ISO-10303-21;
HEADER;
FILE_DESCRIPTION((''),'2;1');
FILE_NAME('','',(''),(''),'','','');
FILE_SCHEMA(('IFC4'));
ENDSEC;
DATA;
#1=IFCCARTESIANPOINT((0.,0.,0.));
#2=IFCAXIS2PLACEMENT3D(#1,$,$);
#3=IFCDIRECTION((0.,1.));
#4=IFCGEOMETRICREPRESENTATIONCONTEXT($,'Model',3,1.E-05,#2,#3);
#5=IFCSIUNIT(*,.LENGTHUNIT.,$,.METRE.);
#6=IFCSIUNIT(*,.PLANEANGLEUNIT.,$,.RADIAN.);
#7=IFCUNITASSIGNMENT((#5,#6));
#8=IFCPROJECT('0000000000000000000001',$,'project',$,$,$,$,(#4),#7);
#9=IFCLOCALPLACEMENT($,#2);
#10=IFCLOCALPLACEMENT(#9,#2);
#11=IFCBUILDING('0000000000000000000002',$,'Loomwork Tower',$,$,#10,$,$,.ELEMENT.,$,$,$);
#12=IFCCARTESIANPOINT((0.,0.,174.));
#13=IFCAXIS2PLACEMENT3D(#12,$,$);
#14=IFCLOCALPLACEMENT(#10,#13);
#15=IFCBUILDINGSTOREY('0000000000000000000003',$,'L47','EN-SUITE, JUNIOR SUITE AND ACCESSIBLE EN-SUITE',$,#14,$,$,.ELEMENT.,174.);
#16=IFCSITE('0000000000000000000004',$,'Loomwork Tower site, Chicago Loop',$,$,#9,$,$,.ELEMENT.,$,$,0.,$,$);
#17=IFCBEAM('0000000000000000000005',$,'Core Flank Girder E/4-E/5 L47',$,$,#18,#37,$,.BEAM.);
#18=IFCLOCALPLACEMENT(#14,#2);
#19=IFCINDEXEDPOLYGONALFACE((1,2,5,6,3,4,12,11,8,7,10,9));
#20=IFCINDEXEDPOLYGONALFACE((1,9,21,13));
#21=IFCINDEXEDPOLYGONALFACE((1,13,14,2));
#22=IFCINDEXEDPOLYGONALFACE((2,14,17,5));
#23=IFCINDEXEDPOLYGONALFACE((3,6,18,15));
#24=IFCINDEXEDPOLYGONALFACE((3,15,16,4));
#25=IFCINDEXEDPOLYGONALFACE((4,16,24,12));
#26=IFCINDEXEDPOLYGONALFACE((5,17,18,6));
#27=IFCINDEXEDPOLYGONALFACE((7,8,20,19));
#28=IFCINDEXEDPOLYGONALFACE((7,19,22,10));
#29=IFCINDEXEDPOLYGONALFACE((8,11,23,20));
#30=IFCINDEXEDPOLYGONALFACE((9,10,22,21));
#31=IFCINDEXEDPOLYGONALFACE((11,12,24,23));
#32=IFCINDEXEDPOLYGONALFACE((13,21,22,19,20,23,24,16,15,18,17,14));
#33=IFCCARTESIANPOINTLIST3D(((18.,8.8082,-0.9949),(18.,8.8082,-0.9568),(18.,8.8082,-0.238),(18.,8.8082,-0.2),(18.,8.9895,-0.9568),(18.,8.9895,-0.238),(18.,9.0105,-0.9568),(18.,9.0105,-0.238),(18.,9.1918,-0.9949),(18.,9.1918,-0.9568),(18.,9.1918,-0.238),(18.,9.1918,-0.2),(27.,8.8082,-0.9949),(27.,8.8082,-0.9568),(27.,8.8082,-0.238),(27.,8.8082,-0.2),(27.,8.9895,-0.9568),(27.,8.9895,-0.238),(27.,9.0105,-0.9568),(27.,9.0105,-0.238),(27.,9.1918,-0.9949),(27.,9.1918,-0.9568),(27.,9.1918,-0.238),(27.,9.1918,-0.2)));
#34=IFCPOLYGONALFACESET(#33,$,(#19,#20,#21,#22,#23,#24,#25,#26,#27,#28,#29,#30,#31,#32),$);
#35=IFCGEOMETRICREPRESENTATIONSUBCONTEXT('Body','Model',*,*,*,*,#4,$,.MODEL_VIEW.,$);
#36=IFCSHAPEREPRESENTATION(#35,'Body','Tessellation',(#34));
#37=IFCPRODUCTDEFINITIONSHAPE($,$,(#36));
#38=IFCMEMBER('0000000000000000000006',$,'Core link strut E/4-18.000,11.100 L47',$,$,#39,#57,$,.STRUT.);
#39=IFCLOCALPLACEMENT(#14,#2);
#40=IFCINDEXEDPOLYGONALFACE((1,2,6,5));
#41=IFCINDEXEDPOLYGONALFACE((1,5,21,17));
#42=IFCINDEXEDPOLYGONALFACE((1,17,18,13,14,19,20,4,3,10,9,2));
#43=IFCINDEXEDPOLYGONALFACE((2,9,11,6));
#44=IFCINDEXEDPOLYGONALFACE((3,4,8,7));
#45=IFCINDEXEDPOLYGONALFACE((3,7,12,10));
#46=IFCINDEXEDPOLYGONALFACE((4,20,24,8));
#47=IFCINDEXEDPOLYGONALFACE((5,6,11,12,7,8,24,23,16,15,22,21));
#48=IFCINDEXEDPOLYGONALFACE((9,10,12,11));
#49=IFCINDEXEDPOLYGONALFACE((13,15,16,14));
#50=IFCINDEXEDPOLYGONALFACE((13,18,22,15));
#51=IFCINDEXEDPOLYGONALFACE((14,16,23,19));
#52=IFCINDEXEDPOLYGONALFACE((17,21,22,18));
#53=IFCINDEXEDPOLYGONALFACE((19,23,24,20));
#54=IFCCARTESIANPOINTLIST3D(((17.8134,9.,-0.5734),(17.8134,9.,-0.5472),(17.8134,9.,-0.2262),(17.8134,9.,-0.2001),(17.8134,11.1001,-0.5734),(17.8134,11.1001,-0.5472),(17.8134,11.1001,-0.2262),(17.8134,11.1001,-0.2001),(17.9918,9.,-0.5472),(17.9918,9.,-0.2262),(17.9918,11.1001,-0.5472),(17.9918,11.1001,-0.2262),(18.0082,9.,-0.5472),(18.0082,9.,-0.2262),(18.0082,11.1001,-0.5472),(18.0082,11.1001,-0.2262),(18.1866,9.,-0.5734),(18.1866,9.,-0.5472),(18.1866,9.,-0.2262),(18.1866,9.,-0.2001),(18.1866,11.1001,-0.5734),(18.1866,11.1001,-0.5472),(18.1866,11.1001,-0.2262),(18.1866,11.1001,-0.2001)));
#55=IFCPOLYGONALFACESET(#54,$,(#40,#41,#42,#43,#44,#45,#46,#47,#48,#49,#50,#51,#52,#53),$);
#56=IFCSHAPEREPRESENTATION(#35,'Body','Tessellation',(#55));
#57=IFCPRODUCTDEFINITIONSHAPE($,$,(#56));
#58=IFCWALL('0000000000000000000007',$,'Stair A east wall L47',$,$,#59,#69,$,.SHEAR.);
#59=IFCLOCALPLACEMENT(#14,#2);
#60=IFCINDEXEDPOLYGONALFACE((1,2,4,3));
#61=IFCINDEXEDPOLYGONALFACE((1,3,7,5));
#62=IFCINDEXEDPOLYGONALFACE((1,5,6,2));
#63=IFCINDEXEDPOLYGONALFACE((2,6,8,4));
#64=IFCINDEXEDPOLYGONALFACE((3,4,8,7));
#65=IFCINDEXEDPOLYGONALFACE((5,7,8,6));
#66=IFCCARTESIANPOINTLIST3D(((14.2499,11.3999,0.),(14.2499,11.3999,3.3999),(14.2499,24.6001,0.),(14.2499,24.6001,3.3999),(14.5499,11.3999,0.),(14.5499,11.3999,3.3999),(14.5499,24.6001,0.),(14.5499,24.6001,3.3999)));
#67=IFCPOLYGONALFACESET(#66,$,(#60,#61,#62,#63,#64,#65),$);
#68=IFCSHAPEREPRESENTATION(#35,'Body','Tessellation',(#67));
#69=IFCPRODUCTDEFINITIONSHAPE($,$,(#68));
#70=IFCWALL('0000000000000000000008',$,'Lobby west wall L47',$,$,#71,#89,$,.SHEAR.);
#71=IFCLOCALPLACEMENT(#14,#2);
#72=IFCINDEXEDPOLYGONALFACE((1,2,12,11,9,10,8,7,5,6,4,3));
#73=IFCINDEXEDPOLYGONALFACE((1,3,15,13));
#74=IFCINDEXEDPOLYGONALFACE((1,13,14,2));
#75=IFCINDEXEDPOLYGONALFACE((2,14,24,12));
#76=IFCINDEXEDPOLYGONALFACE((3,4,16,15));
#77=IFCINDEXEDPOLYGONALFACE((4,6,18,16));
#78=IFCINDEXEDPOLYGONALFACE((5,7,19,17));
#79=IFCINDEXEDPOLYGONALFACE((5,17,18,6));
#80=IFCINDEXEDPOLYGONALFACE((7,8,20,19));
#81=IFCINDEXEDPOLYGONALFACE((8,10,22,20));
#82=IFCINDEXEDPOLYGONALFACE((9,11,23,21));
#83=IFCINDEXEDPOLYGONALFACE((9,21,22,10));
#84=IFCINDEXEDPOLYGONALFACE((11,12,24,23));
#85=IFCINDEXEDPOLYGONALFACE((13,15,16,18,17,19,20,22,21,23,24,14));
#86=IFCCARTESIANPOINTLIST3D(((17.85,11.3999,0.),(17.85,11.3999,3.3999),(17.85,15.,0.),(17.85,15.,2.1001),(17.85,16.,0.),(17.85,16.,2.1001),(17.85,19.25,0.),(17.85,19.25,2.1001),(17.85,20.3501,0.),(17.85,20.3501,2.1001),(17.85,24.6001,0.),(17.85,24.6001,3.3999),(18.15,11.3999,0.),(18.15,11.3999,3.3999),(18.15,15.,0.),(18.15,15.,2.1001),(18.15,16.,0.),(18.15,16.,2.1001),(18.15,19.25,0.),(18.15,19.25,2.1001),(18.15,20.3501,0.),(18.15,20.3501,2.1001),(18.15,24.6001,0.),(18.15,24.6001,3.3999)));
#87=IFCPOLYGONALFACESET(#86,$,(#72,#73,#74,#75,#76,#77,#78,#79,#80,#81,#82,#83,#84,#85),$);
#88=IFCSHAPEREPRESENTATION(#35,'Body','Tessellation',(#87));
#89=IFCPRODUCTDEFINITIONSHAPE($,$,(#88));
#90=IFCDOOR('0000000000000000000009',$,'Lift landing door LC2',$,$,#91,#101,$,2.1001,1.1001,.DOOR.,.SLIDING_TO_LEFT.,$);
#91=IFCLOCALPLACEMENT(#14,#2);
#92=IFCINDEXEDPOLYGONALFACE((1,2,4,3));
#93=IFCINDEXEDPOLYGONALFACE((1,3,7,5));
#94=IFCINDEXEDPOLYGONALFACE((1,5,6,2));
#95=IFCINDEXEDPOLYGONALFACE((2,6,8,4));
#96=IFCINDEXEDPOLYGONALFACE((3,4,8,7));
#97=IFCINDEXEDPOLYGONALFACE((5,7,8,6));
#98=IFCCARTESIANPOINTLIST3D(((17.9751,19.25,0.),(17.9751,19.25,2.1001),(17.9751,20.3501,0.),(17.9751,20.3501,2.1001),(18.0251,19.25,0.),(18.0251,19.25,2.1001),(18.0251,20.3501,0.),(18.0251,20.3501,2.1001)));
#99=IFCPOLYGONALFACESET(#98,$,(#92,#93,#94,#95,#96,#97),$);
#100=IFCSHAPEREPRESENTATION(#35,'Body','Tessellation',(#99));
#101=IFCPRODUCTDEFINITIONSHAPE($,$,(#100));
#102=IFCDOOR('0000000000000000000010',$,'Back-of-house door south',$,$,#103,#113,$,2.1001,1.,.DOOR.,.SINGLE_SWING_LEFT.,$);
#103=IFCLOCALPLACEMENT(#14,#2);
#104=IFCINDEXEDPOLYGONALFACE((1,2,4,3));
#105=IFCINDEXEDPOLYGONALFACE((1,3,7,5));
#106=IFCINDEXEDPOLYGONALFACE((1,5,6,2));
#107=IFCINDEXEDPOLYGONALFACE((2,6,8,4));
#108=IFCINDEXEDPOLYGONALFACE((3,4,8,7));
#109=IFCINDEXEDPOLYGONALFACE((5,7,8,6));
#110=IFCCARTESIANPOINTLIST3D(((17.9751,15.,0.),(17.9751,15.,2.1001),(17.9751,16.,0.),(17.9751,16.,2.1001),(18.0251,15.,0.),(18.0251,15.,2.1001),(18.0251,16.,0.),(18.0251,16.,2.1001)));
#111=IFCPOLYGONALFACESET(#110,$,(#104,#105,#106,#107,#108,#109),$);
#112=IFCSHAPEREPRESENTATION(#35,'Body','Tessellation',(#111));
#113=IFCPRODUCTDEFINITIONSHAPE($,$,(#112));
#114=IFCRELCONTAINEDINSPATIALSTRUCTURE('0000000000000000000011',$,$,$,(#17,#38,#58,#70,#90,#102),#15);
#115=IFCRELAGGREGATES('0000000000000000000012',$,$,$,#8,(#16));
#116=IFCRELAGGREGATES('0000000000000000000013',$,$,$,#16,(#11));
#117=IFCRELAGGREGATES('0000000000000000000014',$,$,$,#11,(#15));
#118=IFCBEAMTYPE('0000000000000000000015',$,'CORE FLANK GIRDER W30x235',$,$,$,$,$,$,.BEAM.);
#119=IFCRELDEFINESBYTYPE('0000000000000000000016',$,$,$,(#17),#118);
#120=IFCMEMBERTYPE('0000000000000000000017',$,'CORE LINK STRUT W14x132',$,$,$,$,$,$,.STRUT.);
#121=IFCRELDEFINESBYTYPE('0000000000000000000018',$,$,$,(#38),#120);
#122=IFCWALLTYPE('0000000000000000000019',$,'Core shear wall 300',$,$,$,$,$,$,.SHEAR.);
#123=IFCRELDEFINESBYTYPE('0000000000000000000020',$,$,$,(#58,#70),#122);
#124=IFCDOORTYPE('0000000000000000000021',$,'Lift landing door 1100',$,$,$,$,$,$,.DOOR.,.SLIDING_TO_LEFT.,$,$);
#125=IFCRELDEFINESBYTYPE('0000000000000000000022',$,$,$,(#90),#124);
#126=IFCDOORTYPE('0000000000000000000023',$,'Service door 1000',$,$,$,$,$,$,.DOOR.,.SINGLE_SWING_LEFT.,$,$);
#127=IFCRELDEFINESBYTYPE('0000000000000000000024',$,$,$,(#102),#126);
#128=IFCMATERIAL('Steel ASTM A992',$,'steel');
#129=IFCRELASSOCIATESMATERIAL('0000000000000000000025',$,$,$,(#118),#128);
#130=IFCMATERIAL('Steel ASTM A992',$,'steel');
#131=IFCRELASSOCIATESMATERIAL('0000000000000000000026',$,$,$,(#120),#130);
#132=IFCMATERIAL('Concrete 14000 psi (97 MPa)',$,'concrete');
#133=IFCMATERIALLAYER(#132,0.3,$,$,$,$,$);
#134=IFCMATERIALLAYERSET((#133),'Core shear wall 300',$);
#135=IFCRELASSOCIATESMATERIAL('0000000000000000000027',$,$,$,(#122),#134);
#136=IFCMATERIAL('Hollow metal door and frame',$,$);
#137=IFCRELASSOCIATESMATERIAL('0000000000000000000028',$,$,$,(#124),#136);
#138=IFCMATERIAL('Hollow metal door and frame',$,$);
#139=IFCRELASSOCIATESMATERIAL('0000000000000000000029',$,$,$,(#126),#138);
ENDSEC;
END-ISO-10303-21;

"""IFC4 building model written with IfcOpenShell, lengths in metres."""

from ifc_helpers import new_model, si_unit, direction, frame, frame_2d, origin, origin_2d, place, context, subcontext, project, spatial, rectangle, i_section, extrude, material, layer, layer_set, material_profile, profile_set, type_object, element, fill, save


model = new_model("IFC4")

# Units and contexts
model_context = context("Model", 3, precision=1e-05, world=origin(), true_north=direction((0.0, 1.0)))
body_context = subcontext(model_context, "Body", "Model", "MODEL_VIEW")
ifc_project = project(units=[si_unit("LENGTHUNIT", "METRE"), si_unit("PLANEANGLEUNIT", "RADIAN")], contexts=[model_context])

# Site, building, storey
site_placement = place(None, origin())
site = spatial("IfcSite", under=ifc_project, at=site_placement, Name="Loomwork Tower site, Chicago Loop", CompositionType="ELEMENT", RefElevation=0.0)
building_placement = place(site_placement, origin())
building = spatial("IfcBuilding", under=site, at=building_placement, Name="Loomwork Tower", CompositionType="ELEMENT")
storey_placement = place(building_placement, frame((0.0, 0.0, 174.0)))
storey = spatial("IfcBuildingStorey", under=building, at=storey_placement, Name="L47", Description="EN-SUITE, JUNIOR SUITE AND ACCESSIBLE EN-SUITE", CompositionType="ELEMENT", Elevation=174.0)

# Beam
ifc_material_1 = material(Name="Steel ASTM A992", Category="steel")
ifc_material_profile_1 = material_profile(ifc_material_1, i_section(OverallWidth=0.3835, OverallDepth=0.7949, WebThickness=0.021, FlangeThickness=0.0381, at=origin_2d()), Name="W30x235")
ifc_profile_set_1 = profile_set([ifc_material_profile_1], Name="Steel ASTM A992")
beam_type = type_object("IfcBeamType", Name="CORE FLANK GIRDER W30x235", PredefinedType="BEAM", material=ifc_profile_set_1)
beam_placement = place(storey_placement, frame((18.0, 9.0, -0.5974), z_axis=(1.0, 0.0, 0.0), x_axis=(0.0, 1.0, 0.0)))
element("IfcBeam", 1, at=beam_placement, inside=storey, type_object=beam_type, Name="Core Flank Girder E/4-E/5 L47", PredefinedType="BEAM", context=body_context, shape_type="SweptSolid", body=[
    extrude(i_section(OverallWidth=0.3835, OverallDepth=0.7949, WebThickness=0.021, FlangeThickness=0.0381, at=origin_2d()), origin(), (0.0, 0.0, 1.0), 9.0),
])

# Member
ifc_material_2 = material(Name="Steel ASTM A992", Category="steel")
ifc_material_profile_2 = material_profile(ifc_material_2, i_section(OverallWidth=0.3733, OverallDepth=0.3733, WebThickness=0.0164, FlangeThickness=0.0261, at=origin_2d()), Name="W14x132")
ifc_profile_set_2 = profile_set([ifc_material_profile_2], Name="Steel ASTM A992")
member_type = type_object("IfcMemberType", Name="CORE LINK STRUT W14x132", PredefinedType="STRUT", material=ifc_profile_set_2)
member_placement = place(storey_placement, frame((18.0, 9.0, -0.3867), z_axis=(0.0, 1.0, 0.0), x_axis=(-1.0, 0.0, 0.0)))
element("IfcMember", 2, at=member_placement, inside=storey, type_object=member_type, Name="Core link strut E/4-18.000,11.100 L47", PredefinedType="STRUT", context=body_context, shape_type="SweptSolid", body=[
    extrude(i_section(OverallWidth=0.3733, OverallDepth=0.3733, WebThickness=0.0164, FlangeThickness=0.0261, at=origin_2d()), origin(), (0.0, 0.0, 1.0), 2.1001),
])

# Wall
ifc_material_3 = material(Name="Concrete 14000 psi (97 MPa)", Category="concrete")
ifc_layer_1 = layer(ifc_material_3, 0.3)
ifc_layer_set_1 = layer_set([ifc_layer_1], Name="Core shear wall 300")
wall_type_1 = type_object("IfcWallType", Name="Core shear wall 300", PredefinedType="SHEAR", material=ifc_layer_set_1)
wall_1_placement = place(storey_placement, frame((14.3999, 11.3999, 0.0), z_axis=(0.0, 0.0, 1.0), x_axis=(0.0, 1.0, 0.0)))
element("IfcWall", 3, at=wall_1_placement, inside=storey, type_object=wall_type_1, Name="Stair A east wall L47", PredefinedType="SHEAR", context=body_context, shape_type="SweptSolid", body=[
    extrude(rectangle(XDim=13.2002, YDim=0.3, at=frame_2d((6.6001, 0.0))), origin(), (0.0, 0.0, 1.0), 3.3999),
])

# Wall, openings, doors
wall_2_placement = place(storey_placement, frame((18.0, 11.3999, 0.0), z_axis=(0.0, 0.0, 1.0), x_axis=(0.0, 1.0, 0.0)))
wall_2 = element("IfcWall", 4, at=wall_2_placement, inside=storey, type_object=wall_type_1, Name="Lobby west wall L47", PredefinedType="SHEAR", context=body_context, shape_type="SweptSolid", body=[
    extrude(rectangle(XDim=13.2002, YDim=0.3, at=frame_2d((6.6001, 0.0))), origin(), (0.0, 0.0, 1.0), 3.3999),
])
opening_1_placement = place(wall_2_placement, frame((3.6001, 0.0, 0.0)))
opening_1 = element("IfcOpeningElement", 5, at=opening_1_placement, cuts=wall_2, PredefinedType="OPENING", context=body_context, shape_type="SweptSolid", body=[
    extrude(rectangle(XDim=1.0, YDim=2.1001, at=frame_2d((0.5, 1.05))), frame((0.0, 0.1599, 0.0), z_axis=(0.0, -1.0, 0.0), x_axis=(1.0, 0.0, 0.0)), (0.0, 0.0, 1.0), 0.3201),
])
opening_2_placement = place(wall_2_placement, frame((7.8501, 0.0, 0.0)))
opening_2 = element("IfcOpeningElement", 6, at=opening_2_placement, cuts=wall_2, PredefinedType="OPENING", context=body_context, shape_type="SweptSolid", body=[
    extrude(rectangle(XDim=1.1001, YDim=2.1001, at=frame_2d((0.55, 1.05))), frame((0.0, 0.1599, 0.0), z_axis=(0.0, -1.0, 0.0), x_axis=(1.0, 0.0, 0.0)), (0.0, 0.0, 1.0), 0.3201),
])
ifc_material_4 = material(Name="Hollow metal door and frame")
door_type_1 = type_object("IfcDoorType", Name="Lift landing door 1100", OperationType="SLIDING_TO_LEFT", PredefinedType="DOOR", material=ifc_material_4)
door_1_placement = place(opening_2_placement, origin())
door_1 = element("IfcDoor", 7, at=door_1_placement, inside=storey, type_object=door_type_1, Name="Lift landing door LC2", OperationType="SLIDING_TO_LEFT", OverallHeight=2.1001, OverallWidth=1.1001, PredefinedType="DOOR", context=body_context, shape_type="SweptSolid", body=[
    extrude(rectangle(XDim=1.1001, YDim=2.1001, at=frame_2d((0.55, 1.05))), frame((0.0, 0.0249, 0.0), z_axis=(0.0, -1.0, 0.0), x_axis=(1.0, 0.0, 0.0)), (0.0, 0.0, 1.0), 0.05),
])
fill(opening_2, door_1)
ifc_material_5 = material(Name="Hollow metal door and frame")
door_type_2 = type_object("IfcDoorType", Name="Service door 1000", OperationType="SINGLE_SWING_LEFT", PredefinedType="DOOR", material=ifc_material_5)
door_2_placement = place(opening_1_placement, origin())
door_2 = element("IfcDoor", 8, at=door_2_placement, inside=storey, type_object=door_type_2, Name="Back-of-house door south", OperationType="SINGLE_SWING_LEFT", OverallHeight=2.1001, OverallWidth=1.0, PredefinedType="DOOR", context=body_context, shape_type="SweptSolid", body=[
    extrude(rectangle(XDim=1.0, YDim=2.1001, at=frame_2d((0.5, 1.05))), frame((0.0, 0.0249, 0.0), z_axis=(0.0, -1.0, 0.0), x_axis=(1.0, 0.0, 0.0)), (0.0, 0.0, 1.0), 0.05),
])
fill(opening_1, door_2)

save(model, "model.ifc")
